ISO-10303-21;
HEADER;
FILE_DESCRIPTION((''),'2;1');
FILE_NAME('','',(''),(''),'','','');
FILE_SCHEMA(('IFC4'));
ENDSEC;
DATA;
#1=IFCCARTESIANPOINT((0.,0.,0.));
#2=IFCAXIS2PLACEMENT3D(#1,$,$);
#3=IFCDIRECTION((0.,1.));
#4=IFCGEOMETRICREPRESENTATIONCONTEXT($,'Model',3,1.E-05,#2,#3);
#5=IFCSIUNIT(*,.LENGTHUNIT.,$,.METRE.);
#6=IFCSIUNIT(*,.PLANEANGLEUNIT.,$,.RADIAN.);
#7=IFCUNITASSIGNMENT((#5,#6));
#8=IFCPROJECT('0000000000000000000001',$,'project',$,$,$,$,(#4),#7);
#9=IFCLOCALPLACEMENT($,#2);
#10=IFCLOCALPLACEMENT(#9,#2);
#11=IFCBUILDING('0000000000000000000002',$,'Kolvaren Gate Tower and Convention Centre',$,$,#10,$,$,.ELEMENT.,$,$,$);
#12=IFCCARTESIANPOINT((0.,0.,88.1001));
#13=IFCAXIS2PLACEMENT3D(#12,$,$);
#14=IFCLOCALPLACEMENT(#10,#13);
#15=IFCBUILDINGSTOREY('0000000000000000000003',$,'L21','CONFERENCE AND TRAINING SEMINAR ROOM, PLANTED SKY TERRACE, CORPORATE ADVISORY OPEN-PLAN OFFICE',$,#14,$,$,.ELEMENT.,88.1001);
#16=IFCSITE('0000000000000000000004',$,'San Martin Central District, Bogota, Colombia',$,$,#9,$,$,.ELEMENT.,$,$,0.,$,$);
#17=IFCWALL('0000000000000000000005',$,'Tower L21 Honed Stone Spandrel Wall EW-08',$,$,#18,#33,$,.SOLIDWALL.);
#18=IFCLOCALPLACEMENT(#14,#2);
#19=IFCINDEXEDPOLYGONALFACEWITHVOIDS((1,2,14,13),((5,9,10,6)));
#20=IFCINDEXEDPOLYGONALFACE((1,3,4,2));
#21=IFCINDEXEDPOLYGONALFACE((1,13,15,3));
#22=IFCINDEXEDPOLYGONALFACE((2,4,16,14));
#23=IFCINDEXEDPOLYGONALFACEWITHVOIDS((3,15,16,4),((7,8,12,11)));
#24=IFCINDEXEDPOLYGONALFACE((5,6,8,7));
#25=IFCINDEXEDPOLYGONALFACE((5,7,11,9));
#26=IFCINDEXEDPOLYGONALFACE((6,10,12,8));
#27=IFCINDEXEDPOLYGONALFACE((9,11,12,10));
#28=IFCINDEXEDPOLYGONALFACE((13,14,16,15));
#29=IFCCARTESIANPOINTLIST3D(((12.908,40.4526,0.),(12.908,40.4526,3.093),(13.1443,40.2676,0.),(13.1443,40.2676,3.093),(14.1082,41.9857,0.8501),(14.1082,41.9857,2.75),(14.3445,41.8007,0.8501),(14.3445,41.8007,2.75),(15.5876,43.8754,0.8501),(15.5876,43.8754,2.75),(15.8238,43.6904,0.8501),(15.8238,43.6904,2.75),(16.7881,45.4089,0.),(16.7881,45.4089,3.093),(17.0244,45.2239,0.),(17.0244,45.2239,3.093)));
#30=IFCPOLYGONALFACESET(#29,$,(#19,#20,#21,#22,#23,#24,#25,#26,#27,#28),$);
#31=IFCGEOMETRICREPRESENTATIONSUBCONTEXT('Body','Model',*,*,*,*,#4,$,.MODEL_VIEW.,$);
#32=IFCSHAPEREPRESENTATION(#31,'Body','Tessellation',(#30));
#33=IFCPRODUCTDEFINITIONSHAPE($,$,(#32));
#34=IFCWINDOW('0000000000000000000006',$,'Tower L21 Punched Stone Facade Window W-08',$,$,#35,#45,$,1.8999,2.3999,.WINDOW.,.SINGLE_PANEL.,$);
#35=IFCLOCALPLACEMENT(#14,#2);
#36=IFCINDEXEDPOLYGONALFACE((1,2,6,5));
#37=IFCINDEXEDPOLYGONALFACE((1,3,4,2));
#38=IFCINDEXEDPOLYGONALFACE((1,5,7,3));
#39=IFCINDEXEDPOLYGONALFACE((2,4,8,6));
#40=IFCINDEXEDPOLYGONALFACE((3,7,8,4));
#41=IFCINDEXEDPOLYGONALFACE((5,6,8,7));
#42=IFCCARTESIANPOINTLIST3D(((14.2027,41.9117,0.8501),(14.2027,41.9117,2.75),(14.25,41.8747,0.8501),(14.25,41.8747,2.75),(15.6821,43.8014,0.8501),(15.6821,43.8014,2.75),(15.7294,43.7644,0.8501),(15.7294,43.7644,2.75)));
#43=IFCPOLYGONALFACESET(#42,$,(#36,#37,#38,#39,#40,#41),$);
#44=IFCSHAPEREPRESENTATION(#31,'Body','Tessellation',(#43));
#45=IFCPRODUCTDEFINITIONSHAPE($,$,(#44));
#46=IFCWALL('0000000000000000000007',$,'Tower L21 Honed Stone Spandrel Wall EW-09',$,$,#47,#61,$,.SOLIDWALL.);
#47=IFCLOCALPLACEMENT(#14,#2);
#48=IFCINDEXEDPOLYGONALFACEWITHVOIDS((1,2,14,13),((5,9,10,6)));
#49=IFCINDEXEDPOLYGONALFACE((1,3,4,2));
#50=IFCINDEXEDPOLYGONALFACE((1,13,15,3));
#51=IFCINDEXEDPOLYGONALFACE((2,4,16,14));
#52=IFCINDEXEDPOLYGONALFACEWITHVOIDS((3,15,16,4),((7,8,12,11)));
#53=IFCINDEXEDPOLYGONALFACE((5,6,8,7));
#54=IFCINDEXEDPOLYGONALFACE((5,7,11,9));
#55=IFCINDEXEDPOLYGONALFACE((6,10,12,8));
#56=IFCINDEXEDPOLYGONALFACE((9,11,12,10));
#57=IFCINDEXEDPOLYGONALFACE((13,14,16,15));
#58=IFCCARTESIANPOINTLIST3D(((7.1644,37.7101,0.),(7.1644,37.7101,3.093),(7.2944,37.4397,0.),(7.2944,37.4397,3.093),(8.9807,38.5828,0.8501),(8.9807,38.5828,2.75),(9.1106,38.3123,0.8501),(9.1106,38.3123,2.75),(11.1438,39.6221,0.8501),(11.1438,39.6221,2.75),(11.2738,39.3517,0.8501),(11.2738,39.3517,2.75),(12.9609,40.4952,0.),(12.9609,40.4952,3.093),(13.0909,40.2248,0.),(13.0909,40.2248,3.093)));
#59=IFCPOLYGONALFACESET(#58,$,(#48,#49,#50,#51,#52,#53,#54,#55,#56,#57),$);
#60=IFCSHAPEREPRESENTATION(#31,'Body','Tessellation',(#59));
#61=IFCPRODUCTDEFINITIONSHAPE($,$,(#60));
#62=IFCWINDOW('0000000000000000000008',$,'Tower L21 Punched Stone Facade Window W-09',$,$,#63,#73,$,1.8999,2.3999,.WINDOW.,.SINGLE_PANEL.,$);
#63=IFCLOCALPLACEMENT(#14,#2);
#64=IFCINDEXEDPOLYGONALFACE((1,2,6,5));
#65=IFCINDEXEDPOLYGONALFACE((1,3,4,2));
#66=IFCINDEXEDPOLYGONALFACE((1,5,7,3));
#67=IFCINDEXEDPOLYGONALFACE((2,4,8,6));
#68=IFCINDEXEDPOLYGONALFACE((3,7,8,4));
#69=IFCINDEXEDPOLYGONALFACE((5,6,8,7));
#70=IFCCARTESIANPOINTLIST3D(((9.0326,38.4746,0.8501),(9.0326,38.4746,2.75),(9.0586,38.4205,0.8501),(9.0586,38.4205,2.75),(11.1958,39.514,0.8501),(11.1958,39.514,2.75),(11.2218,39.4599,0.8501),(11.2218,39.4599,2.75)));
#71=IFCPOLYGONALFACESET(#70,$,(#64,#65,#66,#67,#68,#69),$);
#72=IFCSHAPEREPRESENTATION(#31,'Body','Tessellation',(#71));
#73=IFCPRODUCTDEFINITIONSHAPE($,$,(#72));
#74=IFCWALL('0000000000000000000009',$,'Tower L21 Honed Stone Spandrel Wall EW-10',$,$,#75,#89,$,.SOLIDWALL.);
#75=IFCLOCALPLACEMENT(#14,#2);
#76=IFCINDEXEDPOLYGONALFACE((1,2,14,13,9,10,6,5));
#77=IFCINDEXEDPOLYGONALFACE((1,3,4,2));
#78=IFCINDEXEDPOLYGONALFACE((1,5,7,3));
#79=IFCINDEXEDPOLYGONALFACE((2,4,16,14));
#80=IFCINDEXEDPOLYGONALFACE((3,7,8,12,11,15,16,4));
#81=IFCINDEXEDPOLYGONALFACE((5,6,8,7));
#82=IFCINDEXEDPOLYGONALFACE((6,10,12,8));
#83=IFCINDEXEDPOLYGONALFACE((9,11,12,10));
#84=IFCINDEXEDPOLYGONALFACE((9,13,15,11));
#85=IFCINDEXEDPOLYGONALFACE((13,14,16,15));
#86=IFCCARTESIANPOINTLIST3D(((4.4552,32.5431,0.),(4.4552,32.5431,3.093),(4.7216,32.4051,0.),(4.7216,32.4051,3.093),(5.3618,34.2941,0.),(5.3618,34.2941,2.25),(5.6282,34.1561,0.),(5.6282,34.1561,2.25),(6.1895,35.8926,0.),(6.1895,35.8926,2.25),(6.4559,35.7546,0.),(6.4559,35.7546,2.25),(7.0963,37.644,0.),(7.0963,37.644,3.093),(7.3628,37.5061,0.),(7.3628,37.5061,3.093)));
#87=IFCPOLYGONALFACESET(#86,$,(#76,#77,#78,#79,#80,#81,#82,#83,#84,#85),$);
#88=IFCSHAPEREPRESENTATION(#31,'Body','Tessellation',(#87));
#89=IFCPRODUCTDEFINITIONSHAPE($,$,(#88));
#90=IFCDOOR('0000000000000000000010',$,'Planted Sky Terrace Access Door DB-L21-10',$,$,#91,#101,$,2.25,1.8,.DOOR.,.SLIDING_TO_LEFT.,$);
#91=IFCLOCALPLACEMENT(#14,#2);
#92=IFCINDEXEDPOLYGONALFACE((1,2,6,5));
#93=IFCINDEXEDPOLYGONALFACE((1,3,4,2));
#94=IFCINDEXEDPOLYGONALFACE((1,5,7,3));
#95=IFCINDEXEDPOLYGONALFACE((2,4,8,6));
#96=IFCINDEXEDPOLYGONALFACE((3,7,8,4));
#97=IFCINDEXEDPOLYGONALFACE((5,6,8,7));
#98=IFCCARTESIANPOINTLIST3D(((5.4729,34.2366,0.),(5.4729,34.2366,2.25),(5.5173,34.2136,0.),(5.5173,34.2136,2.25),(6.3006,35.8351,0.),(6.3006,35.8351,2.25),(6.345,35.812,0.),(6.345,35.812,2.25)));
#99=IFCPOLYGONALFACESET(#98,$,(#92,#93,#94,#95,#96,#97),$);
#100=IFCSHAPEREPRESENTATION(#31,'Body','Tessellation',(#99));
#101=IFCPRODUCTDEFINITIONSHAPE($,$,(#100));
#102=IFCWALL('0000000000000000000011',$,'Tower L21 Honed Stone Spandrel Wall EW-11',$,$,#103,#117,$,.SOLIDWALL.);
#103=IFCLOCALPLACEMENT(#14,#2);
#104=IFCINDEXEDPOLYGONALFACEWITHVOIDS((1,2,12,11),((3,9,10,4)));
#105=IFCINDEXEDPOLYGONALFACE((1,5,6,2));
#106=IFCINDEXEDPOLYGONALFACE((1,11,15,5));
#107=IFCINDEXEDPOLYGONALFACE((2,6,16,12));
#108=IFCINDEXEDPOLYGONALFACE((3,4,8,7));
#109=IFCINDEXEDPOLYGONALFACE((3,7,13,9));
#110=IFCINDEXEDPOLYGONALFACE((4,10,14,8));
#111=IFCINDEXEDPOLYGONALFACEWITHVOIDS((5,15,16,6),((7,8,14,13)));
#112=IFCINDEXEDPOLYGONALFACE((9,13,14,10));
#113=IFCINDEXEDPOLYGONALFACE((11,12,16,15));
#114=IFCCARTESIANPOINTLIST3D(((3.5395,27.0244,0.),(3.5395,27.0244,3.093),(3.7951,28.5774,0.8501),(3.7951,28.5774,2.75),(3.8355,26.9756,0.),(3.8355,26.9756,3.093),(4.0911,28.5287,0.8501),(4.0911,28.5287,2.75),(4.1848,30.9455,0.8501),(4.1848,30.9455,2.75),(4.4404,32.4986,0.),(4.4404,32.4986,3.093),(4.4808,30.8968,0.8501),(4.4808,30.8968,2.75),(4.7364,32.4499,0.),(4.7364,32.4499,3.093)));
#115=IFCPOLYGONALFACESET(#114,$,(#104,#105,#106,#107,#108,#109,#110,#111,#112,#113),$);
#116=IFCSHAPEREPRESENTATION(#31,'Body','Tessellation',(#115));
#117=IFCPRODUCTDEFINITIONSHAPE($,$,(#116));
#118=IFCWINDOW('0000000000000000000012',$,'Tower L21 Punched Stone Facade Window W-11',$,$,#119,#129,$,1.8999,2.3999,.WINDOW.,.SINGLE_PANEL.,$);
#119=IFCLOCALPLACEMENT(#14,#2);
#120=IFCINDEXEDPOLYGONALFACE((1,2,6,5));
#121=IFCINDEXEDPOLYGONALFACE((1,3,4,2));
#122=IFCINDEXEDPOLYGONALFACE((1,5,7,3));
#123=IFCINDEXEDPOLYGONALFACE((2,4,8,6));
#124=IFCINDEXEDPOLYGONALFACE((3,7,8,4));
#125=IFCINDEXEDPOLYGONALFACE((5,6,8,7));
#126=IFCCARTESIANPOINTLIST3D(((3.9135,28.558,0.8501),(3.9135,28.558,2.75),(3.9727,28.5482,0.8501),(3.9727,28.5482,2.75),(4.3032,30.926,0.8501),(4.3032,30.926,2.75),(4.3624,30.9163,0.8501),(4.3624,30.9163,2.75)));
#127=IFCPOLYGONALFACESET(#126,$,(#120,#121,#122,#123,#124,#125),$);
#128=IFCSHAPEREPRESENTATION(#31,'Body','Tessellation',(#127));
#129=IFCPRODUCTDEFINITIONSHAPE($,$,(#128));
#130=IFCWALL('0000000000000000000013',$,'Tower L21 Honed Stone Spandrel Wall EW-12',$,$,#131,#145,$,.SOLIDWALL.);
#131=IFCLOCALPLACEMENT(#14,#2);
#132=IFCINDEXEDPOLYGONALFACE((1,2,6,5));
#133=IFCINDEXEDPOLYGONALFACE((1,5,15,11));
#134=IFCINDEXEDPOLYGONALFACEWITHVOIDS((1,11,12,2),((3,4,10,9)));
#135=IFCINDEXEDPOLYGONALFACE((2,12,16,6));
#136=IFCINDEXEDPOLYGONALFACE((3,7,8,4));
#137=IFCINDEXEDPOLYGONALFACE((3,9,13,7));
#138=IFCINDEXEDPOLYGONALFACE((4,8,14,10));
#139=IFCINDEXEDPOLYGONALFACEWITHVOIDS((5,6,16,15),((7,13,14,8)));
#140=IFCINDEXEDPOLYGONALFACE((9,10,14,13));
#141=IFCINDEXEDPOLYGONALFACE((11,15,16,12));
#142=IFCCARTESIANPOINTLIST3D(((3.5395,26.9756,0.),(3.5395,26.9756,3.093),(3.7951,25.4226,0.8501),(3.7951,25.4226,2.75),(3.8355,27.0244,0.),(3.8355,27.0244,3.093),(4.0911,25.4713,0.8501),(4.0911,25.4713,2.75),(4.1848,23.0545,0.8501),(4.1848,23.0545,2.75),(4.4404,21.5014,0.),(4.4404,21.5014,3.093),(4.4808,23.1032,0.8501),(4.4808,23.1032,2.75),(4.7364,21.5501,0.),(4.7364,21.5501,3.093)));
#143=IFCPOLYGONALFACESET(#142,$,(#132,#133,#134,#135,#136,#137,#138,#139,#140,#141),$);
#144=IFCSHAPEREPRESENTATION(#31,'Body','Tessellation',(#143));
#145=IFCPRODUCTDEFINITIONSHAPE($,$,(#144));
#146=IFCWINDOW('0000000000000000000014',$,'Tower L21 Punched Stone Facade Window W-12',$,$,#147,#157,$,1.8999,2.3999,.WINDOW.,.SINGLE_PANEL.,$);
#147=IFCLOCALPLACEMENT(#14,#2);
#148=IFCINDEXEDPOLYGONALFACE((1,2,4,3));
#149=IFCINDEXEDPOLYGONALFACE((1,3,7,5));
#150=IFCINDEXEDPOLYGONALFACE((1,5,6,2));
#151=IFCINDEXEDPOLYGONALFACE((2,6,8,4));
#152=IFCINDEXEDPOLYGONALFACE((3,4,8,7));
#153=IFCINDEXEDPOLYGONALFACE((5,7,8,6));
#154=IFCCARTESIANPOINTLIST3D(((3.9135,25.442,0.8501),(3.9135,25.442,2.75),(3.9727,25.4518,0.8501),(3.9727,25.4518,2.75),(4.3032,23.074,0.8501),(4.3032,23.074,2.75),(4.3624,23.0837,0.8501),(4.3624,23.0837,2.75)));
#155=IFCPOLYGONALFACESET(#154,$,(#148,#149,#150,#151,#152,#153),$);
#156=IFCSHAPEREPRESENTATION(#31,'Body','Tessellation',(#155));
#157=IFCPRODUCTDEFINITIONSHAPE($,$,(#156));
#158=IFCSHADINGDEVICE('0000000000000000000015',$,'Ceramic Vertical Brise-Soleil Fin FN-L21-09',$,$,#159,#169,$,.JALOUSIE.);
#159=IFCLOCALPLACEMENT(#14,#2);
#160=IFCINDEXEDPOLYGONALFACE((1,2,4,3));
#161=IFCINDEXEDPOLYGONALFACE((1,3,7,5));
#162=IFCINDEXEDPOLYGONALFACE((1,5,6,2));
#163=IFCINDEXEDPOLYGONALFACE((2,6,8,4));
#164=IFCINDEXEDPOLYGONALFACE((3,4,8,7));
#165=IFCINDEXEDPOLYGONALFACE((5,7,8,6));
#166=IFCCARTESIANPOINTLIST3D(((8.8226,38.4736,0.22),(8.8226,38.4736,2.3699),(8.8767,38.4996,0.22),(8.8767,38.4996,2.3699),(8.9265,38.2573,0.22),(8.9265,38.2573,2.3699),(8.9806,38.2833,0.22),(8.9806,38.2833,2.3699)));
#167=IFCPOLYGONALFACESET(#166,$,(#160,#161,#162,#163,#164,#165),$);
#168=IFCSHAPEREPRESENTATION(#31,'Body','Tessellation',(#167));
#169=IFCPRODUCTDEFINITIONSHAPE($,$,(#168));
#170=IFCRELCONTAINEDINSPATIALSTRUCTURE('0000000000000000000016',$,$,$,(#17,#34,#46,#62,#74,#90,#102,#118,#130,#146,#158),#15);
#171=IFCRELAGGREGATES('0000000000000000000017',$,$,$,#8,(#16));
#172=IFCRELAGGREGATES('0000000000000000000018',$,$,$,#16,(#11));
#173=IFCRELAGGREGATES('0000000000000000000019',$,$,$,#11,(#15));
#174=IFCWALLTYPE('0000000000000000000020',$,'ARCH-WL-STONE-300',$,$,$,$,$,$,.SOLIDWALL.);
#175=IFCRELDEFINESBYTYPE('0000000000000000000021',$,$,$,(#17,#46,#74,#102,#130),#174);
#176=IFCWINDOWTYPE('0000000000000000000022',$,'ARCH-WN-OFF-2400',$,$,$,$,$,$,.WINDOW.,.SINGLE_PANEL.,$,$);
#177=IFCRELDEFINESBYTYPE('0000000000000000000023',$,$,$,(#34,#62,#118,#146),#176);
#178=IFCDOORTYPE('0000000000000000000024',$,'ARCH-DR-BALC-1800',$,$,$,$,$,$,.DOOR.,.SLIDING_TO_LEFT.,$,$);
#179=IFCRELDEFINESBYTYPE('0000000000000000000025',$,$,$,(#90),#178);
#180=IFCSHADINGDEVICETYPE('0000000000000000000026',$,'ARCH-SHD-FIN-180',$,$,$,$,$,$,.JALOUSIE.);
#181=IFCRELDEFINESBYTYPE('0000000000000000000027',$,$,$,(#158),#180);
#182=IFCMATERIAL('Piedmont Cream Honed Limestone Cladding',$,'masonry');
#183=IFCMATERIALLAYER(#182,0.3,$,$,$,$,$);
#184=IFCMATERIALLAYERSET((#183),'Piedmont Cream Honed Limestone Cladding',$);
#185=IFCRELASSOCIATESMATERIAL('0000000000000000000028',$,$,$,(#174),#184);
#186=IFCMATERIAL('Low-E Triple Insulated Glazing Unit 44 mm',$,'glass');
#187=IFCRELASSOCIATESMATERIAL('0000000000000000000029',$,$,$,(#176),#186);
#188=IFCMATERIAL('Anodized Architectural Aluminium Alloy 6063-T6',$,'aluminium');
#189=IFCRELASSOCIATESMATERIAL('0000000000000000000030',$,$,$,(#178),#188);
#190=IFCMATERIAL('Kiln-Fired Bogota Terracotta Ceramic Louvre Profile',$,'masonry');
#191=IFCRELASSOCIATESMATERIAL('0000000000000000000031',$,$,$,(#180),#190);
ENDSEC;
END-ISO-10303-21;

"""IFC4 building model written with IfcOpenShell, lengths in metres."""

from ifc_helpers import new_model, si_unit, direction, frame, frame_2d, origin, origin_2d, place, context, subcontext, project, spatial, rectangle, extrude, material, layer, layer_set, type_object, element, fill, save


model = new_model("IFC4")

# Units and contexts
model_context = context("Model", 3, precision=1e-05, world=origin(), true_north=direction((0.0, 1.0)))
body_context = subcontext(model_context, "Body", "Model", "MODEL_VIEW")
ifc_project = project(units=[si_unit("LENGTHUNIT", "METRE"), si_unit("PLANEANGLEUNIT", "RADIAN")], contexts=[model_context])

# Site, building, storey
site_placement = place(None, origin())
site = spatial("IfcSite", under=ifc_project, at=site_placement, Name="San Martin Central District, Bogota, Colombia", CompositionType="ELEMENT", RefElevation=0.0)
building_placement = place(site_placement, origin())
building = spatial("IfcBuilding", under=site, at=building_placement, Name="Kolvaren Gate Tower and Convention Centre", CompositionType="ELEMENT")
storey_placement = place(building_placement, frame((0.0, 0.0, 88.1001)))
storey = spatial("IfcBuildingStorey", under=building, at=storey_placement, Name="L21", Description="CONFERENCE AND TRAINING SEMINAR ROOM, PLANTED SKY TERRACE, CORPORATE ADVISORY OPEN-PLAN OFFICE", CompositionType="ELEMENT", Elevation=88.1001)

# Shared definitions
ifc_material_1 = material(Name="Piedmont Cream Honed Limestone Cladding", Category="masonry")

# Walls, openings, windows
ifc_layer_1 = layer(ifc_material_1, 0.3)
ifc_layer_set_1 = layer_set([ifc_layer_1], Name="Piedmont Cream Honed Limestone Cladding")
wall_type_1 = type_object("IfcWallType", Name="ARCH-WL-STONE-300", PredefinedType="SOLIDWALL", material=ifc_layer_set_1)
wall_1_placement = place(storey_placement, frame((13.0261, 40.3601, 0.0), z_axis=(0.0, 0.0, 1.0), x_axis=(0.616435, 0.787406, 0.0)))
wall_1 = element("IfcWall", 1, at=wall_1_placement, inside=storey, type_object=wall_type_1, Name="Tower L21 Honed Stone Spandrel Wall EW-08", PredefinedType="SOLIDWALL", context=body_context, shape_type="SweptSolid", body=[
    extrude(rectangle(XDim=6.2944, YDim=0.3, at=frame_2d((3.1472, 0.0))), origin(), (0.0, 0.0, 1.0), 3.093),
])
opening_1_placement = place(wall_1_placement, frame((1.947, 0.0, 0.8501)))
opening_1 = element("IfcOpeningElement", 2, at=opening_1_placement, cuts=wall_1, PredefinedType="OPENING", context=body_context, shape_type="SweptSolid", body=[
    extrude(rectangle(XDim=2.3999, YDim=1.8999, at=frame_2d((1.2, 0.95))), frame((0.0, 0.1599, 0.0), z_axis=(0.0, -1.0, 0.0), x_axis=(1.0, 0.0, 0.0)), (0.0, 0.0, 1.0), 0.3201),
])
ifc_material_2 = material(Name="Low-E Triple Insulated Glazing Unit 44 mm", Category="glass")
window_type = type_object("IfcWindowType", Name="ARCH-WN-OFF-2400", PartitioningType="SINGLE_PANEL", PredefinedType="WINDOW", material=ifc_material_2)
window_1_placement = place(opening_1_placement, origin())
window_1 = element("IfcWindow", 3, at=window_1_placement, inside=storey, type_object=window_type, Name="Tower L21 Punched Stone Facade Window W-08", OverallHeight=1.8999, OverallWidth=2.3999, PartitioningType="SINGLE_PANEL", PredefinedType="WINDOW", context=body_context, shape_type="SweptSolid", body=[
    extrude(rectangle(XDim=2.3999, YDim=1.8999, at=frame_2d((1.2, 0.95))), frame((0.0, 0.03, 0.0), z_axis=(0.0, -1.0, 0.0), x_axis=(1.0, 0.0, 0.0)), (0.0, 0.0, 1.0), 0.0601),
])
fill(opening_1, window_1)
wall_2_placement = place(storey_placement, frame((7.2295, 37.575, 0.0), z_axis=(0.0, 0.0, 1.0), x_axis=(0.901355, 0.433082, 0.0)))
wall_2 = element("IfcWall", 4, at=wall_2_placement, inside=storey, type_object=wall_type_1, Name="Tower L21 Honed Stone Spandrel Wall EW-09", PredefinedType="SOLIDWALL", context=body_context, shape_type="SweptSolid", body=[
    extrude(rectangle(XDim=6.4309, YDim=0.3, at=frame_2d((3.2153, 0.0))), origin(), (0.0, 0.0, 1.0), 3.093),
])
opening_2_placement = place(wall_2_placement, frame((2.0149, 0.0, 0.8501)))
opening_2 = element("IfcOpeningElement", 5, at=opening_2_placement, cuts=wall_2, PredefinedType="OPENING", context=body_context, shape_type="SweptSolid", body=[
    extrude(rectangle(XDim=2.3999, YDim=1.8999, at=frame_2d((1.2, 0.95))), frame((0.0, 0.1599, 0.0), z_axis=(0.0, -1.0, 0.0), x_axis=(1.0, 0.0, 0.0)), (0.0, 0.0, 1.0), 0.3201),
])
window_2_placement = place(opening_2_placement, origin())
window_2 = element("IfcWindow", 6, at=window_2_placement, inside=storey, type_object=window_type, Name="Tower L21 Punched Stone Facade Window W-09", OverallHeight=1.8999, OverallWidth=2.3999, PartitioningType="SINGLE_PANEL", PredefinedType="WINDOW", context=body_context, shape_type="SweptSolid", body=[
    extrude(rectangle(XDim=2.3999, YDim=1.8999, at=frame_2d((1.2, 0.95))), frame((0.0, 0.03, 0.0), z_axis=(0.0, -1.0, 0.0), x_axis=(1.0, 0.0, 0.0)), (0.0, 0.0, 1.0), 0.0601),
])
fill(opening_2, window_2)

# Wall, opening, door
wall_3_placement = place(storey_placement, frame((4.5884, 32.4741, 0.0), z_axis=(0.0, 0.0, 1.0), x_axis=(0.459801, 0.888022, 0.0)))
wall_3 = element("IfcWall", 7, at=wall_3_placement, inside=storey, type_object=wall_type_1, Name="Tower L21 Honed Stone Spandrel Wall EW-10", PredefinedType="SOLIDWALL", context=body_context, shape_type="SweptSolid", body=[
    extrude(rectangle(XDim=5.7441, YDim=0.3, at=frame_2d((2.8721, 0.0))), origin(), (0.0, 0.0, 1.0), 3.093),
])
opening_3_placement = place(wall_3_placement, frame((1.9719, 0.0, 0.0)))
opening_3 = element("IfcOpeningElement", 8, at=opening_3_placement, cuts=wall_3, PredefinedType="OPENING", context=body_context, shape_type="SweptSolid", body=[
    extrude(rectangle(XDim=1.8, YDim=2.25, at=frame_2d((0.8999, 1.125))), frame((0.0, 0.1599, 0.0), z_axis=(0.0, -1.0, 0.0), x_axis=(1.0, 0.0, 0.0)), (0.0, 0.0, 1.0), 0.3201),
])
ifc_material_3 = material(Name="Anodized Architectural Aluminium Alloy 6063-T6", Category="aluminium")
door_type = type_object("IfcDoorType", Name="ARCH-DR-BALC-1800", OperationType="SLIDING_TO_LEFT", PredefinedType="DOOR", material=ifc_material_3)
door_placement = place(opening_3_placement, origin())
door = element("IfcDoor", 9, at=door_placement, inside=storey, type_object=door_type, Name="Planted Sky Terrace Access Door DB-L21-10", OperationType="SLIDING_TO_LEFT", OverallHeight=2.25, OverallWidth=1.8, PredefinedType="DOOR", context=body_context, shape_type="SweptSolid", body=[
    extrude(rectangle(XDim=1.8, YDim=2.25, at=frame_2d((0.8999, 1.125))), frame((0.0, 0.0249, 0.0), z_axis=(0.0, -1.0, 0.0), x_axis=(1.0, 0.0, 0.0)), (0.0, 0.0, 1.0), 0.05),
])
fill(opening_3, door)

# Walls, openings, windows
wall_4_placement = place(storey_placement, frame((3.6875, 27.0, 0.0), z_axis=(0.0, 0.0, 1.0), x_axis=(0.162386, 0.986727, 0.0)))
wall_4 = element("IfcWall", 10, at=wall_4_placement, inside=storey, type_object=wall_type_1, Name="Tower L21 Honed Stone Spandrel Wall EW-11", PredefinedType="SOLIDWALL", context=body_context, shape_type="SweptSolid", body=[
    extrude(rectangle(XDim=5.5479, YDim=0.3, at=frame_2d((2.7739, 0.0))), origin(), (0.0, 0.0, 1.0), 3.093),
])
opening_4_placement = place(wall_4_placement, frame((1.574, 0.0, 0.8501)))
opening_4 = element("IfcOpeningElement", 11, at=opening_4_placement, cuts=wall_4, PredefinedType="OPENING", context=body_context, shape_type="SweptSolid", body=[
    extrude(rectangle(XDim=2.3999, YDim=1.8999, at=frame_2d((1.2, 0.95))), frame((0.0, 0.1599, 0.0), z_axis=(0.0, -1.0, 0.0), x_axis=(1.0, 0.0, 0.0)), (0.0, 0.0, 1.0), 0.3201),
])
window_3_placement = place(opening_4_placement, origin())
window_3 = element("IfcWindow", 12, at=window_3_placement, inside=storey, type_object=window_type, Name="Tower L21 Punched Stone Facade Window W-11", OverallHeight=1.8999, OverallWidth=2.3999, PartitioningType="SINGLE_PANEL", PredefinedType="WINDOW", context=body_context, shape_type="SweptSolid", body=[
    extrude(rectangle(XDim=2.3999, YDim=1.8999, at=frame_2d((1.2, 0.95))), frame((0.0, 0.03, 0.0), z_axis=(0.0, -1.0, 0.0), x_axis=(1.0, 0.0, 0.0)), (0.0, 0.0, 1.0), 0.0601),
])
fill(opening_4, window_3)
wall_5_placement = place(storey_placement, frame((3.6875, 27.0, 0.0), z_axis=(0.0, 0.0, 1.0), x_axis=(0.162386, -0.986727, 0.0)))
wall_5 = element("IfcWall", 13, at=wall_5_placement, inside=storey, type_object=wall_type_1, Name="Tower L21 Honed Stone Spandrel Wall EW-12", PredefinedType="SOLIDWALL", context=body_context, shape_type="SweptSolid", body=[
    extrude(rectangle(XDim=5.5479, YDim=0.3, at=frame_2d((2.7739, 0.0))), origin(), (0.0, 0.0, 1.0), 3.093),
])
opening_5_placement = place(wall_5_placement, frame((1.574, 0.0, 0.8501)))
opening_5 = element("IfcOpeningElement", 14, at=opening_5_placement, cuts=wall_5, PredefinedType="OPENING", context=body_context, shape_type="SweptSolid", body=[
    extrude(rectangle(XDim=2.3999, YDim=1.8999, at=frame_2d((1.2, 0.95))), frame((0.0, 0.1599, 0.0), z_axis=(0.0, -1.0, 0.0), x_axis=(1.0, 0.0, 0.0)), (0.0, 0.0, 1.0), 0.3201),
])
window_4_placement = place(opening_5_placement, origin())
window_4 = element("IfcWindow", 15, at=window_4_placement, inside=storey, type_object=window_type, Name="Tower L21 Punched Stone Facade Window W-12", OverallHeight=1.8999, OverallWidth=2.3999, PartitioningType="SINGLE_PANEL", PredefinedType="WINDOW", context=body_context, shape_type="SweptSolid", body=[
    extrude(rectangle(XDim=2.3999, YDim=1.8999, at=frame_2d((1.2, 0.95))), frame((0.0, 0.03, 0.0), z_axis=(0.0, -1.0, 0.0), x_axis=(1.0, 0.0, 0.0)), (0.0, 0.0, 1.0), 0.0601),
])
fill(opening_5, window_4)

# Shading device
ifc_material_4 = material(Name="Kiln-Fired Bogota Terracotta Ceramic Louvre Profile", Category="masonry")
shading_device_type = type_object("IfcShadingDeviceType", Name="ARCH-SHD-FIN-180", PredefinedType="JALOUSIE", material=ifc_material_4)
shading_device_placement = place(storey_placement, frame((8.9016, 38.3784, 0.22), z_axis=(0.0, 0.0, 1.0), x_axis=(0.901358, 0.433076, 0.0)))
element("IfcShadingDevice", 16, at=shading_device_placement, inside=storey, type_object=shading_device_type, Name="Ceramic Vertical Brise-Soleil Fin FN-L21-09", PredefinedType="JALOUSIE", context=body_context, shape_type="SweptSolid", body=[
    extrude(rectangle(XDim=0.0601, YDim=0.24, at=origin_2d()), origin(), (0.0, 0.0, 1.0), 2.1499),
])

save(model, "model.ifc")
